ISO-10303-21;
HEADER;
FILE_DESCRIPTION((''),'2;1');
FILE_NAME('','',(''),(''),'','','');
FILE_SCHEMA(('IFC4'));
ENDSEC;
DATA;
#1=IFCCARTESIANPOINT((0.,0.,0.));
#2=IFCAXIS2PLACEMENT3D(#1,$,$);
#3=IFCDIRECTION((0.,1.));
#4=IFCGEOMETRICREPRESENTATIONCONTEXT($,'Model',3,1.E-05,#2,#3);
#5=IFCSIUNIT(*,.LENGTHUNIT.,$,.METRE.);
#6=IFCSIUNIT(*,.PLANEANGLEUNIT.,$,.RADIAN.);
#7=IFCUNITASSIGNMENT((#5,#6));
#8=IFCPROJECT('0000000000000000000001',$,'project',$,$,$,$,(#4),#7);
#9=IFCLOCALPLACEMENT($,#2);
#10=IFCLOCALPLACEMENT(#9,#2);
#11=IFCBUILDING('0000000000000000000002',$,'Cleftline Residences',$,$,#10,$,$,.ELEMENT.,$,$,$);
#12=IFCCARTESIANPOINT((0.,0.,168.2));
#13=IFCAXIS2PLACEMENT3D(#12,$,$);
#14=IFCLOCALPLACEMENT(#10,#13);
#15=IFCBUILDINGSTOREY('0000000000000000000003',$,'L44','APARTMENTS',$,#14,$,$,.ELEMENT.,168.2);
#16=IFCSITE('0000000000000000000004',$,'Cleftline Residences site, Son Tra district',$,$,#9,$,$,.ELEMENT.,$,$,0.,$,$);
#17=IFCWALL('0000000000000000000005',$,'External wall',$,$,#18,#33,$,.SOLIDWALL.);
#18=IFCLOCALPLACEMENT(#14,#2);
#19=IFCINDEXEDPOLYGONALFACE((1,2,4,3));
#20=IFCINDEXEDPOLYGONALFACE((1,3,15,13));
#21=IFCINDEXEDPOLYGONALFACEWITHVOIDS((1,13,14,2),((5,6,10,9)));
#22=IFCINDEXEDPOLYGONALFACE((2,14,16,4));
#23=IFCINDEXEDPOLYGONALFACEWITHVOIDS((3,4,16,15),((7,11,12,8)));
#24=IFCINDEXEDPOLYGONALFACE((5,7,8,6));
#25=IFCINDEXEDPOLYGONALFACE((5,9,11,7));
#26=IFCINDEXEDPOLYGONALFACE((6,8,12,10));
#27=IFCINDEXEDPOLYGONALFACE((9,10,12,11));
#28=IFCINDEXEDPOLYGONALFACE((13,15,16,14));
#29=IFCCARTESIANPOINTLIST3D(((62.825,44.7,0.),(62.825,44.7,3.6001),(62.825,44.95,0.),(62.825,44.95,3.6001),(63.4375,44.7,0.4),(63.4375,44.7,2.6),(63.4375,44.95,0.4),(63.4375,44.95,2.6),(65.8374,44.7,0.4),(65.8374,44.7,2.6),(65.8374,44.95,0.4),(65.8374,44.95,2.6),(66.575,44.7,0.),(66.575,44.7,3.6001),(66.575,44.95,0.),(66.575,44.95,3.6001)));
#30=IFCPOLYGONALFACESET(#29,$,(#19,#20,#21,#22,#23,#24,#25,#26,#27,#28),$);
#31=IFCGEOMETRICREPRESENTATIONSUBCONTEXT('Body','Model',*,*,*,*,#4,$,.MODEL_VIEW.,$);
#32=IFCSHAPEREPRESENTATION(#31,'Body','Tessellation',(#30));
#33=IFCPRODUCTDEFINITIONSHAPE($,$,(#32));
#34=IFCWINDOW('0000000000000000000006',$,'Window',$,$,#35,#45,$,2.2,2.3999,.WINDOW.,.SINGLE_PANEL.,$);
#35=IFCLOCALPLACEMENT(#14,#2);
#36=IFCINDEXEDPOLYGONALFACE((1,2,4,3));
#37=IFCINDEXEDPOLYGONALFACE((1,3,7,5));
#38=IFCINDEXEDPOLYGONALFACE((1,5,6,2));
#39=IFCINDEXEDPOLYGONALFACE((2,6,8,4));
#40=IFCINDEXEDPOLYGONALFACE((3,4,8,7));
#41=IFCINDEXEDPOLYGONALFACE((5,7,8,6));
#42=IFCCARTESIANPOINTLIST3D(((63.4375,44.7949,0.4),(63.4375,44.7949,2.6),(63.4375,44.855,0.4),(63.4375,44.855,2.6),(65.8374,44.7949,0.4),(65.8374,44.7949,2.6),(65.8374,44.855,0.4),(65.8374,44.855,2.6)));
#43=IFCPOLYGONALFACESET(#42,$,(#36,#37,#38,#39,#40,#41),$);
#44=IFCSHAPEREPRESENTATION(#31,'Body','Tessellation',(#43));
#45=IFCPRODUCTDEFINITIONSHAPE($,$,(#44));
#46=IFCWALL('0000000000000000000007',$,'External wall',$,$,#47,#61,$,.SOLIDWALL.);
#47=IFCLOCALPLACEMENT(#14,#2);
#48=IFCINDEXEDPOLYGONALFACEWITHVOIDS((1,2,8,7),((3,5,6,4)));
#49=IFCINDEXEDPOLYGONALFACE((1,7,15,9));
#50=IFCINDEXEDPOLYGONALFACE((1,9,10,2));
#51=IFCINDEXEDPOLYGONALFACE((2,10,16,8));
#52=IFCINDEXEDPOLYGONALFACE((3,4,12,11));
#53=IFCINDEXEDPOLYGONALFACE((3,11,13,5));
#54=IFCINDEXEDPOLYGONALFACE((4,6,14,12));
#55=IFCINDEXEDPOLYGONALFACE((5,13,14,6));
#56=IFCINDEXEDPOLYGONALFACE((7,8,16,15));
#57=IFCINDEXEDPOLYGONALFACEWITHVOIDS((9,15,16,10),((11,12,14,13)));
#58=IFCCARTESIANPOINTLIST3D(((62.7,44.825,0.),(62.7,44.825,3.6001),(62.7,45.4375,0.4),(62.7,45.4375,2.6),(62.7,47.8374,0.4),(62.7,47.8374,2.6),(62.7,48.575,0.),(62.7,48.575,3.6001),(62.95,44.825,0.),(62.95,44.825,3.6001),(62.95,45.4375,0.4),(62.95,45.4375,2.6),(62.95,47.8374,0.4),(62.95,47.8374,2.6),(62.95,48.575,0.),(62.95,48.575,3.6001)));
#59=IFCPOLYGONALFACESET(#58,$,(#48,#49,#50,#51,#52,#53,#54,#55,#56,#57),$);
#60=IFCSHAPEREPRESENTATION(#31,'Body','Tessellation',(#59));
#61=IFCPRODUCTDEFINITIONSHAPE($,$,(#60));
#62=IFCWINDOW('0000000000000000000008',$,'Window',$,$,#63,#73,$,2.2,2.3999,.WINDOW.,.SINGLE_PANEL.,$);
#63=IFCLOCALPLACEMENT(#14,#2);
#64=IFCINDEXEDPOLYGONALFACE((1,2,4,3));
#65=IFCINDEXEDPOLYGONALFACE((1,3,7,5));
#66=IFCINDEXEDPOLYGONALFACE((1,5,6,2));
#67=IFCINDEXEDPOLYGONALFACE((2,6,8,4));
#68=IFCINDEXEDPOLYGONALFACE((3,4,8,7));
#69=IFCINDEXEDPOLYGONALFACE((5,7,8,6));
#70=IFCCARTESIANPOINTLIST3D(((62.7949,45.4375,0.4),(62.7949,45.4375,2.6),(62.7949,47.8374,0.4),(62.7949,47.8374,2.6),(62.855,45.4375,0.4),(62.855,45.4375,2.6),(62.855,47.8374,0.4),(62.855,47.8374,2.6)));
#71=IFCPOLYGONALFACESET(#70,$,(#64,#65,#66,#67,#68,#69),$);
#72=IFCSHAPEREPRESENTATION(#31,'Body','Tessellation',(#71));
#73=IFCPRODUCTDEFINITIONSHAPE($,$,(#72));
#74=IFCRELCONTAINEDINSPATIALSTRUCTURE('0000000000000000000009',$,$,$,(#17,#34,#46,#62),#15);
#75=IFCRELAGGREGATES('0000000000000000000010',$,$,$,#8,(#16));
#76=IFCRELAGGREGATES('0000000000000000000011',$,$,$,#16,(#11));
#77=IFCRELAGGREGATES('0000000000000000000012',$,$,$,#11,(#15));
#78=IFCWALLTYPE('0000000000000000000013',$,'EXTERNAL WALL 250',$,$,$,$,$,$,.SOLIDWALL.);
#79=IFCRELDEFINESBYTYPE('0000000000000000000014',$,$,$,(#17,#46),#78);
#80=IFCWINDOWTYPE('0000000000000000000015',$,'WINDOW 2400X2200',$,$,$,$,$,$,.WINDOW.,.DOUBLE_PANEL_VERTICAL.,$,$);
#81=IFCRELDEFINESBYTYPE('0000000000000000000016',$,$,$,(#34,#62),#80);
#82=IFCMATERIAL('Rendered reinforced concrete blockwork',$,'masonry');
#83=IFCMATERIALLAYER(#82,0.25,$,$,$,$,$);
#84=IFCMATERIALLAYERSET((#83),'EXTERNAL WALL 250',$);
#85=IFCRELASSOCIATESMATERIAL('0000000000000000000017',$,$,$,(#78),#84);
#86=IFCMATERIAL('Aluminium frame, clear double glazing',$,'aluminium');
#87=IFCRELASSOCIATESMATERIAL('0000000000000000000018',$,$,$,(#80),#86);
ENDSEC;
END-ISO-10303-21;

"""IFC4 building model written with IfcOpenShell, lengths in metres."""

from ifc_helpers import new_model, si_unit, direction, frame, frame_2d, origin, place, context, subcontext, project, spatial, rectangle, extrude, material, layer, layer_set, type_object, element, fill, save


model = new_model("IFC4")

# Units and contexts
model_context = context("Model", 3, precision=1e-05, world=origin(), true_north=direction((0.0, 1.0)))
body_context = subcontext(model_context, "Body", "Model", "MODEL_VIEW")
ifc_project = project(units=[si_unit("LENGTHUNIT", "METRE"), si_unit("PLANEANGLEUNIT", "RADIAN")], contexts=[model_context])

# Site, building, storey
site_placement = place(None, origin())
site = spatial("IfcSite", under=ifc_project, at=site_placement, Name="Cleftline Residences site, Son Tra district", CompositionType="ELEMENT", RefElevation=0.0)
building_placement = place(site_placement, origin())
building = spatial("IfcBuilding", under=site, at=building_placement, Name="Cleftline Residences", CompositionType="ELEMENT")
storey_placement = place(building_placement, frame((0.0, 0.0, 168.2)))
storey = spatial("IfcBuildingStorey", under=building, at=storey_placement, Name="L44", Description="APARTMENTS", CompositionType="ELEMENT", Elevation=168.2)

# Walls, openings, windows
ifc_material_1 = material(Name="Rendered reinforced concrete blockwork", Category="masonry")
ifc_layer_1 = layer(ifc_material_1, 0.25)
ifc_layer_set_1 = layer_set([ifc_layer_1], Name="EXTERNAL WALL 250")
wall_type_1 = type_object("IfcWallType", Name="EXTERNAL WALL 250", PredefinedType="SOLIDWALL", material=ifc_layer_set_1)
wall_1_placement = place(storey_placement, frame((66.575, 44.825, 0.0), z_axis=(0.0, 0.0, 1.0), x_axis=(-1.0, 0.0, 0.0)))
wall_1 = element("IfcWall", 1, at=wall_1_placement, inside=storey, type_object=wall_type_1, Name="External wall", PredefinedType="SOLIDWALL", context=body_context, shape_type="SweptSolid", body=[
    extrude(rectangle(XDim=3.75, YDim=0.25, at=frame_2d((1.875, 0.0))), origin(), (0.0, 0.0, 1.0), 3.6001),
])
opening_1_placement = place(wall_1_placement, frame((0.7375, 0.0, 0.3999)))
opening_1 = element("IfcOpeningElement", 2, at=opening_1_placement, cuts=wall_1, PredefinedType="OPENING", context=body_context, shape_type="SweptSolid", body=[
    extrude(rectangle(XDim=2.3999, YDim=2.2, at=frame_2d((1.2, 1.1001))), frame((0.0, 0.135, 0.0), z_axis=(0.0, -1.0, 0.0), x_axis=(1.0, 0.0, 0.0)), (0.0, 0.0, 1.0), 0.27),
])
ifc_material_2 = material(Name="Aluminium frame, clear double glazing", Category="aluminium")
window_type_1 = type_object("IfcWindowType", Name="WINDOW 2400X2200", PartitioningType="DOUBLE_PANEL_VERTICAL", PredefinedType="WINDOW", material=ifc_material_2)
window_1_placement = place(opening_1_placement, origin())
window_1 = element("IfcWindow", 3, at=window_1_placement, inside=storey, type_object=window_type_1, Name="Window", OverallHeight=2.2, OverallWidth=2.3999, PartitioningType="SINGLE_PANEL", PredefinedType="WINDOW", context=body_context, shape_type="SweptSolid", body=[
    extrude(rectangle(XDim=2.3999, YDim=2.2, at=frame_2d((1.2, 1.1001))), frame((0.0, 0.03, 0.0), z_axis=(0.0, -1.0, 0.0), x_axis=(1.0, 0.0, 0.0)), (0.0, 0.0, 1.0), 0.0601),
])
fill(opening_1, window_1)
wall_2_placement = place(storey_placement, frame((62.825, 44.825, 0.0), z_axis=(0.0, 0.0, 1.0), x_axis=(0.0, 1.0, 0.0)))
wall_2 = element("IfcWall", 4, at=wall_2_placement, inside=storey, type_object=wall_type_1, Name="External wall", PredefinedType="SOLIDWALL", context=body_context, shape_type="SweptSolid", body=[
    extrude(rectangle(XDim=3.75, YDim=0.25, at=frame_2d((1.875, 0.0))), origin(), (0.0, 0.0, 1.0), 3.6001),
])
opening_2_placement = place(wall_2_placement, frame((0.6125, 0.0, 0.3999)))
opening_2 = element("IfcOpeningElement", 5, at=opening_2_placement, cuts=wall_2, PredefinedType="OPENING", context=body_context, shape_type="SweptSolid", body=[
    extrude(rectangle(XDim=2.3999, YDim=2.2, at=frame_2d((1.2, 1.1001))), frame((0.0, 0.135, 0.0), z_axis=(0.0, -1.0, 0.0), x_axis=(1.0, 0.0, 0.0)), (0.0, 0.0, 1.0), 0.27),
])
window_2_placement = place(opening_2_placement, origin())
window_2 = element("IfcWindow", 6, at=window_2_placement, inside=storey, type_object=window_type_1, Name="Window", OverallHeight=2.2, OverallWidth=2.3999, PartitioningType="SINGLE_PANEL", PredefinedType="WINDOW", context=body_context, shape_type="SweptSolid", body=[
    extrude(rectangle(XDim=2.3999, YDim=2.2, at=frame_2d((1.2, 1.1001))), frame((0.0, 0.03, 0.0), z_axis=(0.0, -1.0, 0.0), x_axis=(1.0, 0.0, 0.0)), (0.0, 0.0, 1.0), 0.0601),
])
fill(opening_2, window_2)

save(model, "model.ifc")
